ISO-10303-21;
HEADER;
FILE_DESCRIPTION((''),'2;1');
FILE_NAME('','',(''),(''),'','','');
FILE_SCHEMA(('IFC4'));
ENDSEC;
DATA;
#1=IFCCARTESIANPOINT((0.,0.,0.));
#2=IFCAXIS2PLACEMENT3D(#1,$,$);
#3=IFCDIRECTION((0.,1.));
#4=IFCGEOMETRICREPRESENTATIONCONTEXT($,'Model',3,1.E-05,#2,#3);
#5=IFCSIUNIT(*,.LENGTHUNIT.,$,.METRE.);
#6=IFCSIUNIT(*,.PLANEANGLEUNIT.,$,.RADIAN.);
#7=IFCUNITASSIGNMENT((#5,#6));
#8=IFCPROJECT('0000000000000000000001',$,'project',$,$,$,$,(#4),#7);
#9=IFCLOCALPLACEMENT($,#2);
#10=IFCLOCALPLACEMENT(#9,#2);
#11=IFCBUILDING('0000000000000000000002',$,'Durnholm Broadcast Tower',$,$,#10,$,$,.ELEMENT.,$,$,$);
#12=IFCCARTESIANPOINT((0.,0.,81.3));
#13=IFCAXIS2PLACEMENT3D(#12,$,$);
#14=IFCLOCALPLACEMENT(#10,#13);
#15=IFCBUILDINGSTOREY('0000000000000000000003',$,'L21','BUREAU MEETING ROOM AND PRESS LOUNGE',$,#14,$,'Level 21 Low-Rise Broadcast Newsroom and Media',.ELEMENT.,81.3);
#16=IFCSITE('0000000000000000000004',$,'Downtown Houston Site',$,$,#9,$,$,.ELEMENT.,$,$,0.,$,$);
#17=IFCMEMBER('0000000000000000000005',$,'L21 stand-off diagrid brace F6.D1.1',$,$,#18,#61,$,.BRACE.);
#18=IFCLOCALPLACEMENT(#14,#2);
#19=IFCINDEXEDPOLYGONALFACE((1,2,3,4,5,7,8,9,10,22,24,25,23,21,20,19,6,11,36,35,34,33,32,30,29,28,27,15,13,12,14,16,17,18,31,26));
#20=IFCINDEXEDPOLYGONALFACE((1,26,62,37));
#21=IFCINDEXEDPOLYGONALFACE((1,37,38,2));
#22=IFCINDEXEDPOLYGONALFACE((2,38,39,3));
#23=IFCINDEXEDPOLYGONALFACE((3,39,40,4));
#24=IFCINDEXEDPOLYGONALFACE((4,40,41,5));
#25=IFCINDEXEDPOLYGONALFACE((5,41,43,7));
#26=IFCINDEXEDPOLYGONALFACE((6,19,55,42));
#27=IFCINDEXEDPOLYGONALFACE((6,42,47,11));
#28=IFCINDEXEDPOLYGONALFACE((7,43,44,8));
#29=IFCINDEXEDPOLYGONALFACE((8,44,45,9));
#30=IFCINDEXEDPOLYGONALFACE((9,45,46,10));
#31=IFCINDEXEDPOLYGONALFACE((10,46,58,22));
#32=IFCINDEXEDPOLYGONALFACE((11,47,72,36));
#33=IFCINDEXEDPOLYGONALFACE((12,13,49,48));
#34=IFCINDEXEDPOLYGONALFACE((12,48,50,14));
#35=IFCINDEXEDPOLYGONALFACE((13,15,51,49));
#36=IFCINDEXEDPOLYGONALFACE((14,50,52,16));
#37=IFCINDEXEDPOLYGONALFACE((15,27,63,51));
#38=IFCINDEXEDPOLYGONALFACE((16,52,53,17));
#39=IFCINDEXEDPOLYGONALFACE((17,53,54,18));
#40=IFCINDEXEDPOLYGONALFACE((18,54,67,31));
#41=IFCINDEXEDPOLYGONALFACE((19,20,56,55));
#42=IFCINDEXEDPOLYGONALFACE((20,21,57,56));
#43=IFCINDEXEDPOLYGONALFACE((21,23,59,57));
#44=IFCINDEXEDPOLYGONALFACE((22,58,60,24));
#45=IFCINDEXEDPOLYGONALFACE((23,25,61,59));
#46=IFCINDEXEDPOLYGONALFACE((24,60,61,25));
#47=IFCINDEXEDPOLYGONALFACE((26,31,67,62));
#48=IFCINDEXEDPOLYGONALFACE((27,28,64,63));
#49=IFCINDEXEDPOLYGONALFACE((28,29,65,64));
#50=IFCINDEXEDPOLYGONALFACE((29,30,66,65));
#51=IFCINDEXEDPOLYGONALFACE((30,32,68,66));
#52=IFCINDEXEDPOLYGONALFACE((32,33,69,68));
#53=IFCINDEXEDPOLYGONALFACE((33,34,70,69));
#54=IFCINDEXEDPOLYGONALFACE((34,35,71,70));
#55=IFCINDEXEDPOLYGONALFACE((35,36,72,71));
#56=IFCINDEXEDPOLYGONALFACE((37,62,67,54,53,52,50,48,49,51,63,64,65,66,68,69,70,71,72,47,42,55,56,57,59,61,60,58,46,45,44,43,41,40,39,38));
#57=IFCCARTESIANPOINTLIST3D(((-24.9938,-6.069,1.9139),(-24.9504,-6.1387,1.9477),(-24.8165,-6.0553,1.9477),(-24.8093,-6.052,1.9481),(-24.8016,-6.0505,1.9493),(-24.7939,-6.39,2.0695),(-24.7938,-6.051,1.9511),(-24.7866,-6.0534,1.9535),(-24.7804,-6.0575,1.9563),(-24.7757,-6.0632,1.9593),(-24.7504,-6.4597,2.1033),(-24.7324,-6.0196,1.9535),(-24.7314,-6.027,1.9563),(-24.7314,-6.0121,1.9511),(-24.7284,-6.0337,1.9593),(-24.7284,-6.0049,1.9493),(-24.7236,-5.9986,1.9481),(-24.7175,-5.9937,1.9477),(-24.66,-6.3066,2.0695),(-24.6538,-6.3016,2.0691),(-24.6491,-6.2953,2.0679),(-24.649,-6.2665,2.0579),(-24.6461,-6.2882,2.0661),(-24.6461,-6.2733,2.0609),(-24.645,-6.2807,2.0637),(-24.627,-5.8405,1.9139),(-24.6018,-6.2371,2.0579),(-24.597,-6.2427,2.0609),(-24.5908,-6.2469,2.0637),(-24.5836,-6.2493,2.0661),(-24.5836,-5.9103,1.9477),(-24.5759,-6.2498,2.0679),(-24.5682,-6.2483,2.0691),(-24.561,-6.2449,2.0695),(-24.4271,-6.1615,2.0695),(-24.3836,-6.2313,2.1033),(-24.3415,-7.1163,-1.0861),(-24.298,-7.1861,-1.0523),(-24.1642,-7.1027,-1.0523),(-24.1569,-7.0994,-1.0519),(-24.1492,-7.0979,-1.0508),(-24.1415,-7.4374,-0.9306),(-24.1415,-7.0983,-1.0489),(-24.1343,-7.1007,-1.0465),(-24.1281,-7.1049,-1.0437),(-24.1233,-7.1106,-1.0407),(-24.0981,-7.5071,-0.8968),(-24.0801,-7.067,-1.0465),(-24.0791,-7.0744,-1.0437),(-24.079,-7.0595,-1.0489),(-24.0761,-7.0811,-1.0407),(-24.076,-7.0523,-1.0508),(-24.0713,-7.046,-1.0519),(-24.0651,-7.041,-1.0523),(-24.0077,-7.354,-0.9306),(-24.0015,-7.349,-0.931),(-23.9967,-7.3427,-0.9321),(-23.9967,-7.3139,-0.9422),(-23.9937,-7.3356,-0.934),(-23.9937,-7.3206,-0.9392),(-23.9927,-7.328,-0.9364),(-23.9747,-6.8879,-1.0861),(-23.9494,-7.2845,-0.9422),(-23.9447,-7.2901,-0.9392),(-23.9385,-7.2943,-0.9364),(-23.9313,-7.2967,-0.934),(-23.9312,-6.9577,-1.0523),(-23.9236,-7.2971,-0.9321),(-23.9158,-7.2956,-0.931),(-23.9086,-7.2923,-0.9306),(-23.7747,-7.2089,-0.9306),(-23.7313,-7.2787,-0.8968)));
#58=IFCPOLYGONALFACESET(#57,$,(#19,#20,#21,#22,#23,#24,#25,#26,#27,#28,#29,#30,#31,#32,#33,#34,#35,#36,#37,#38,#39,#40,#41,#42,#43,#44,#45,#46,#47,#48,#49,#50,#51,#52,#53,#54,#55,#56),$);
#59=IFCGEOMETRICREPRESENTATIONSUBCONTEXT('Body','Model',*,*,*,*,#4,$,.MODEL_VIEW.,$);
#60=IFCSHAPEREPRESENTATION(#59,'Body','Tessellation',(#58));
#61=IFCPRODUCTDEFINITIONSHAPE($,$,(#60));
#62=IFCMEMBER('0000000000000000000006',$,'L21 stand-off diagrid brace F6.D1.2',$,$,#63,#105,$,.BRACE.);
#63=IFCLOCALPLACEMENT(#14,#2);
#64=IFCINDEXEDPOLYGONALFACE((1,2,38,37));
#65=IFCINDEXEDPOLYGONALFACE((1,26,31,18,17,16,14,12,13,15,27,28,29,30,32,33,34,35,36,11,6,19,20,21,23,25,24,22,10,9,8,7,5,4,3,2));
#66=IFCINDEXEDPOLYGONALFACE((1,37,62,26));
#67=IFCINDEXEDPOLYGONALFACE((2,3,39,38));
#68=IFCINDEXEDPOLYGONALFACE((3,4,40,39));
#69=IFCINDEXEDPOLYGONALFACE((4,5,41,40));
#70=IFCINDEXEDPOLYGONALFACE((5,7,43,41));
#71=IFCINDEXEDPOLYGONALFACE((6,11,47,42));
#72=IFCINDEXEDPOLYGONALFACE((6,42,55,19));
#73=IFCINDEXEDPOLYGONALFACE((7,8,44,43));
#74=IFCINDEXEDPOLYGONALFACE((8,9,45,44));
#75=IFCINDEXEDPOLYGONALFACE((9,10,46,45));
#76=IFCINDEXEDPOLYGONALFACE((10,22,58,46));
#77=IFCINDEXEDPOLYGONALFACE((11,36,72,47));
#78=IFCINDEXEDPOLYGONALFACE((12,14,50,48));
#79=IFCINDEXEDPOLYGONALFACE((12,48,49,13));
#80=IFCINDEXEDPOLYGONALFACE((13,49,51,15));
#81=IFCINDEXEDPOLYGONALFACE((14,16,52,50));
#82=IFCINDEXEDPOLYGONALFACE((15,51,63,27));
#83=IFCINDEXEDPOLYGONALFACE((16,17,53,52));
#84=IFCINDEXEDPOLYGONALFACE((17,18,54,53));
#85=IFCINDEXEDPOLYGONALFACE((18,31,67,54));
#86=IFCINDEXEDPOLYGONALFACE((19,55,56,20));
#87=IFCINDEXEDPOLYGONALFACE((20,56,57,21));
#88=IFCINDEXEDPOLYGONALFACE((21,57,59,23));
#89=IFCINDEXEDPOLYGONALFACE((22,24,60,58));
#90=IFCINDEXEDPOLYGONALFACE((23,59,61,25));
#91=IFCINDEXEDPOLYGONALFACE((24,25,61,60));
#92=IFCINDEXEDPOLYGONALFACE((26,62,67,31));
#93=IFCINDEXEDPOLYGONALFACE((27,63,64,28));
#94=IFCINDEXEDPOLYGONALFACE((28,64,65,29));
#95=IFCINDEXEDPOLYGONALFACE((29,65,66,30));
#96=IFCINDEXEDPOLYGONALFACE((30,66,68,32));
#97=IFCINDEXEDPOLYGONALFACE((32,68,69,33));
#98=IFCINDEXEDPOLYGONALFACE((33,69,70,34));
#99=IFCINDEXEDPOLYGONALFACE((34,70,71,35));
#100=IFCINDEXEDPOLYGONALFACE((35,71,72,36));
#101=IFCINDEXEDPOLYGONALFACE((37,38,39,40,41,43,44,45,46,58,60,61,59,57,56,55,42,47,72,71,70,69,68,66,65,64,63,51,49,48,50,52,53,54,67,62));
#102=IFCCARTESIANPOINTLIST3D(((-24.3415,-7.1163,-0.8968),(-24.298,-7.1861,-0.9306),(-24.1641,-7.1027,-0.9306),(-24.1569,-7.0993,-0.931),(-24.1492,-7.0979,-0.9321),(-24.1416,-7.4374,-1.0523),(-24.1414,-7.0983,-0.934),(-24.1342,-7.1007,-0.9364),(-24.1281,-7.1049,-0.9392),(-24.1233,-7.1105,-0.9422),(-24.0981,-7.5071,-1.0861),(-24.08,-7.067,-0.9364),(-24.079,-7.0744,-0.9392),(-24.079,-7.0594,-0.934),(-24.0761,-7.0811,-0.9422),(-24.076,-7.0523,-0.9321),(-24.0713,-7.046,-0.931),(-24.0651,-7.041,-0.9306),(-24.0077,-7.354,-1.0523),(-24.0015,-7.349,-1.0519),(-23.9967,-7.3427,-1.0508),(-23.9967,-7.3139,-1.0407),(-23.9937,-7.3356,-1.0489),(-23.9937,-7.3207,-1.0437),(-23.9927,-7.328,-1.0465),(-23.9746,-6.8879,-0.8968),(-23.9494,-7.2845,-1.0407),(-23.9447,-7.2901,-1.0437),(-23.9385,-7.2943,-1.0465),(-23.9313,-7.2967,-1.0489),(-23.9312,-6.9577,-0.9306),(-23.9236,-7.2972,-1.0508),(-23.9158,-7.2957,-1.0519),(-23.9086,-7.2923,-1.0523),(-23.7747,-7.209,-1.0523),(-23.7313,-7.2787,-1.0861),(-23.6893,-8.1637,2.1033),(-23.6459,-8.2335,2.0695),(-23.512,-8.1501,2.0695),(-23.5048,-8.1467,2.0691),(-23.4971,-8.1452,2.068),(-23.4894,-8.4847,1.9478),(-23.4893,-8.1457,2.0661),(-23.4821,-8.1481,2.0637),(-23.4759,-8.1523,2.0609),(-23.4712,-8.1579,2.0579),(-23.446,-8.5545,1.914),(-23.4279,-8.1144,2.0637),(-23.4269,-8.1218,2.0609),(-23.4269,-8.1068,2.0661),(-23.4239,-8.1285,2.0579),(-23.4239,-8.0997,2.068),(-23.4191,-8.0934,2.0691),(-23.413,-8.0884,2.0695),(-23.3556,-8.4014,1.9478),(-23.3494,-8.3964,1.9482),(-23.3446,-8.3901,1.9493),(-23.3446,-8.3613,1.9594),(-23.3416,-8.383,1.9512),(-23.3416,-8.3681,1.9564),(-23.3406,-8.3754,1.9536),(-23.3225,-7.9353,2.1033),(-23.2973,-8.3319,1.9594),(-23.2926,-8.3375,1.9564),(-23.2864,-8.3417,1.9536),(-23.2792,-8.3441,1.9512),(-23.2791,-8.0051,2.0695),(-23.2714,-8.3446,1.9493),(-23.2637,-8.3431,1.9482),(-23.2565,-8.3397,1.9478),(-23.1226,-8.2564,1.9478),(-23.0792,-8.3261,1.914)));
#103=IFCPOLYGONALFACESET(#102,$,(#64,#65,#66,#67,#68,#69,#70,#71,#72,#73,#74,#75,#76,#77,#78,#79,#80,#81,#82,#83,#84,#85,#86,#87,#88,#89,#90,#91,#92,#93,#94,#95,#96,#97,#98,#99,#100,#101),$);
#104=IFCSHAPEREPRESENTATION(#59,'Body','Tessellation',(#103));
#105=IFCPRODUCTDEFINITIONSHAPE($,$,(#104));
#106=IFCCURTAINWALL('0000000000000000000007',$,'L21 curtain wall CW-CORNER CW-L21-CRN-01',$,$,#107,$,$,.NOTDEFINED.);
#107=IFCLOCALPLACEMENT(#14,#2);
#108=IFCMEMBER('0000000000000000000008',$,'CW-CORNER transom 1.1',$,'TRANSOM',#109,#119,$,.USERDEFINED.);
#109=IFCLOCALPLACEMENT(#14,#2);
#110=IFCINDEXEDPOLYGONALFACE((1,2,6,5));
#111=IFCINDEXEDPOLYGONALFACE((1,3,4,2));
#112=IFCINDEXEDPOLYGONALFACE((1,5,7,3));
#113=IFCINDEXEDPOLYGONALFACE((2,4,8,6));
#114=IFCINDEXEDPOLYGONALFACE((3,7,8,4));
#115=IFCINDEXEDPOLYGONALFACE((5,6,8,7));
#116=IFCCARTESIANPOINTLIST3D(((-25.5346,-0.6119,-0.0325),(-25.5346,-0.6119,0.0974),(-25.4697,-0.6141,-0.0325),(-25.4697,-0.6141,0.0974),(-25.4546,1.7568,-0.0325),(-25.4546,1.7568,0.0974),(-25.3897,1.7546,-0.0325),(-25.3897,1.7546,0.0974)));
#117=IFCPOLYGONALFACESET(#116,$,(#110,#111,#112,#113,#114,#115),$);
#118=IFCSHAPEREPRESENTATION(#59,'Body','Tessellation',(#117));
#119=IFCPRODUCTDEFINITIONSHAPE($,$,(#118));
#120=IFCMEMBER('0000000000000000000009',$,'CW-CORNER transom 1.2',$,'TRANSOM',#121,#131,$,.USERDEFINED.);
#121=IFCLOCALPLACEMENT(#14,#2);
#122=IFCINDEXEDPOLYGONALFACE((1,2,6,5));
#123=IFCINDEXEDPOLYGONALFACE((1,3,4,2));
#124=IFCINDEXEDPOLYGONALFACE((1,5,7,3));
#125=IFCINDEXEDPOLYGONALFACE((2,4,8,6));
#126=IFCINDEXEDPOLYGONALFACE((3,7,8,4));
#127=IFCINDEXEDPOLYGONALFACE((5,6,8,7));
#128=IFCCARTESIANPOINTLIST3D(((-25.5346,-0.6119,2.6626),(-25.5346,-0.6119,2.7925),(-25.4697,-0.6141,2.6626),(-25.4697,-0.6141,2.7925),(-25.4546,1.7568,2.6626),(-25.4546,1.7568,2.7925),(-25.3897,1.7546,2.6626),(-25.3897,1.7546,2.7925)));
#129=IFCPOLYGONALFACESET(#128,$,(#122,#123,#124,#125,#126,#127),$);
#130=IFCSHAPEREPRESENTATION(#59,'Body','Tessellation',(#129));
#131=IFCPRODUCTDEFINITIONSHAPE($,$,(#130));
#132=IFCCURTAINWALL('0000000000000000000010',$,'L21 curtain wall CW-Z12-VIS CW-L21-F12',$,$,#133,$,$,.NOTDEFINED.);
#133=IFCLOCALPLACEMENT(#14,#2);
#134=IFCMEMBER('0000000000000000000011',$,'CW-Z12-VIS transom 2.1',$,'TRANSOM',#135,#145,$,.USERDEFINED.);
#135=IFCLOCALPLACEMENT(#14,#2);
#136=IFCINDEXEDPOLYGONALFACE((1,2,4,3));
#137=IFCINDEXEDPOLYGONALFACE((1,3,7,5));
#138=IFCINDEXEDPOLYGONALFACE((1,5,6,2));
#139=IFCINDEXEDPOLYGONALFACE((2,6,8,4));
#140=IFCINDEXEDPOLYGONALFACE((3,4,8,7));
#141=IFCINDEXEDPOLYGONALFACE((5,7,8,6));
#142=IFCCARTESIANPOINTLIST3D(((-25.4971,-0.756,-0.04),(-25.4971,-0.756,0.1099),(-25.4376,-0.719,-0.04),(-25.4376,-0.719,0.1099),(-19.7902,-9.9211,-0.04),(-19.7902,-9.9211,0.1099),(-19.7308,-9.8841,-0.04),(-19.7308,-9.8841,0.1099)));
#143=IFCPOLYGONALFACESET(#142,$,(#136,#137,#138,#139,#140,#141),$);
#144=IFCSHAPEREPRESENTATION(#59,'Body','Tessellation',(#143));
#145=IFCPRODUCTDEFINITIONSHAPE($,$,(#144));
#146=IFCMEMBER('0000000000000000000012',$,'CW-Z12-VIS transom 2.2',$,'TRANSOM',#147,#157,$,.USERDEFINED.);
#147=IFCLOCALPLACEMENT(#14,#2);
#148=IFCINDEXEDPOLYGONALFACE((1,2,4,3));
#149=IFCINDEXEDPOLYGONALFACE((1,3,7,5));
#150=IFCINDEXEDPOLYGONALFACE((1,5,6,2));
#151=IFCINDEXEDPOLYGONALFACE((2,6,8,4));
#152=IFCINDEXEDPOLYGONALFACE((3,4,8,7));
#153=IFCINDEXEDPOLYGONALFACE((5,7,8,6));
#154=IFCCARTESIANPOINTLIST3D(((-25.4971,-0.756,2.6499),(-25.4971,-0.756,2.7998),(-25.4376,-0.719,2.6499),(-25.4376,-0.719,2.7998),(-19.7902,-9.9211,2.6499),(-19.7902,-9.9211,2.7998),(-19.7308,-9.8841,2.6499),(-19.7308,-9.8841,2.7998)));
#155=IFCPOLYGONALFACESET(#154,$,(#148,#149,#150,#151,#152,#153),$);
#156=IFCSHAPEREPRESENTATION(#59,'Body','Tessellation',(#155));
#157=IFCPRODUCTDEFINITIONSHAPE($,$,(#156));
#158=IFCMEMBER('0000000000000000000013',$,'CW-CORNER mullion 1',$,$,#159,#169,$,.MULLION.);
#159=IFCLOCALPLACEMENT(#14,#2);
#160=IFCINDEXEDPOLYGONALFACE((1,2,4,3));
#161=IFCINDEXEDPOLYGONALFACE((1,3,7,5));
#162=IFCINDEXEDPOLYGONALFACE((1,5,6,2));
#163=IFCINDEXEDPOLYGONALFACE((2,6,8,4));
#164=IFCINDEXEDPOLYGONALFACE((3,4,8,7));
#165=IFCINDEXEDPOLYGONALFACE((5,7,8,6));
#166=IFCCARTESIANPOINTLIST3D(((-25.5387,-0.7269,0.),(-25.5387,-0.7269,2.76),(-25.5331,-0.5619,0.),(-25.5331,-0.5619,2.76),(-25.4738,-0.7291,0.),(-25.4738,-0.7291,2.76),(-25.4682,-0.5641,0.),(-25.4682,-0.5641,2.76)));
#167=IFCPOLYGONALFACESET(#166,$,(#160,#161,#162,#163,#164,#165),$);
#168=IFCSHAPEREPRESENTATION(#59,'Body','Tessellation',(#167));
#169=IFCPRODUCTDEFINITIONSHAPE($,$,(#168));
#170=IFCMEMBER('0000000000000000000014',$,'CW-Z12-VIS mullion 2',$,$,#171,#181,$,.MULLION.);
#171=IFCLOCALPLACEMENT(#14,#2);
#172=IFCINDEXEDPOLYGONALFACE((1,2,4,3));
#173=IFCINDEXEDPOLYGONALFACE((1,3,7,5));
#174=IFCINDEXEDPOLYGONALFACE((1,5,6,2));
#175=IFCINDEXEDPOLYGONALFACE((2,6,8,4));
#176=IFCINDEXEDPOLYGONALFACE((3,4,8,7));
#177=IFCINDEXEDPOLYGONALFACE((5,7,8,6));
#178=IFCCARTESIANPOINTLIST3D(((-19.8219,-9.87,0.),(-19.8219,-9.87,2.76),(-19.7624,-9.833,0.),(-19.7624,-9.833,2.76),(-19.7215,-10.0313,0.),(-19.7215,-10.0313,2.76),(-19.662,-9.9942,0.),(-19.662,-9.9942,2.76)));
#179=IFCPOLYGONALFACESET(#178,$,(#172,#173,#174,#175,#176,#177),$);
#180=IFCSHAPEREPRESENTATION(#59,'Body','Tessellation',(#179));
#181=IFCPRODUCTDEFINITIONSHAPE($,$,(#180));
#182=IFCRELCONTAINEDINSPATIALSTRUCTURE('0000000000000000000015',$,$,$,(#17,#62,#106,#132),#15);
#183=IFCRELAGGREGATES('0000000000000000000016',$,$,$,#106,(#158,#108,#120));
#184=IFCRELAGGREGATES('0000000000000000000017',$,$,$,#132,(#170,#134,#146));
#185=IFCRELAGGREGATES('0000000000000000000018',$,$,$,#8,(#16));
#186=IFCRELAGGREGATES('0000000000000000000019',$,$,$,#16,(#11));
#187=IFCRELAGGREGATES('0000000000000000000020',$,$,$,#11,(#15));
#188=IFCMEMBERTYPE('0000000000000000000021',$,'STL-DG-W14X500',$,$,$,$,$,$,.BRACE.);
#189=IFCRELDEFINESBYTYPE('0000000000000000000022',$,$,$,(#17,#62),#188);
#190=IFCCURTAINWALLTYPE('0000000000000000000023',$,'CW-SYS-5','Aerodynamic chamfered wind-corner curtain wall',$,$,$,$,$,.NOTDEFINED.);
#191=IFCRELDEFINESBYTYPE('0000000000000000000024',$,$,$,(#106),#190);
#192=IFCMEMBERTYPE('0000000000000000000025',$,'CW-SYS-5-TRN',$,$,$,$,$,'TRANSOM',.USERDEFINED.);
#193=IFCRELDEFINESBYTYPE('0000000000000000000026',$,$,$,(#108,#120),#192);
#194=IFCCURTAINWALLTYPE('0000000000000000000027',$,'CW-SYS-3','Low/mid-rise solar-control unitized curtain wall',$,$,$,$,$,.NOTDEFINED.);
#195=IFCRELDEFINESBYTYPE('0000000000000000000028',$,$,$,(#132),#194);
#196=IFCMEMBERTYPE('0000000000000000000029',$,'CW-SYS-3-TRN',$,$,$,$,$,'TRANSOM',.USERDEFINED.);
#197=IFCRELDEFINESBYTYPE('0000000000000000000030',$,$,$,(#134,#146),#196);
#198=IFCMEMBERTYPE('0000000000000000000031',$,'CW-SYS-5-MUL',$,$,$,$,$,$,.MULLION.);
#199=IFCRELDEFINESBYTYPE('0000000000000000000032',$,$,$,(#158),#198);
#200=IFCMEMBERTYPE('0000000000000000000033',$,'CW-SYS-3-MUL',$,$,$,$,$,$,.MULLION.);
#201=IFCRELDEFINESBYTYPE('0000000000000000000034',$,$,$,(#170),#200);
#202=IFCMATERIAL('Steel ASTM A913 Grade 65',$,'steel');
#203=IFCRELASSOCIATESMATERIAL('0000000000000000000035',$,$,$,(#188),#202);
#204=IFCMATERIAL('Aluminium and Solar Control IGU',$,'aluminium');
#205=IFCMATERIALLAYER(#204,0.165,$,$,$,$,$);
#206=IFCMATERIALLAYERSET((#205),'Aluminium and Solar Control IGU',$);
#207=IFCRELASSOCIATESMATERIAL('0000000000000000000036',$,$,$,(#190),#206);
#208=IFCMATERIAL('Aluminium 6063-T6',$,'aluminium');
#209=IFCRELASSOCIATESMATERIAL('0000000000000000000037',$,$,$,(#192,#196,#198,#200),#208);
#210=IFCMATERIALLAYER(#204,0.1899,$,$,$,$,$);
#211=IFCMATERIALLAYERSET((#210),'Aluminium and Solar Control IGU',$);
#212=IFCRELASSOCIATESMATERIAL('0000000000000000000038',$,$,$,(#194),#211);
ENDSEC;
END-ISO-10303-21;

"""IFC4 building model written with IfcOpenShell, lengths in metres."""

from ifc_helpers import new_model, si_unit, direction, frame, origin, origin_2d, place, context, subcontext, project, spatial, rectangle, i_section, extrude, source, transform, mapped, material, layer, layer_set, material_profile, profile_set, type_object, type_shapes, element, aggregate, save


model = new_model("IFC4")

# Units and contexts
model_context = context("Model", 3, precision=1e-05, world=origin(), true_north=direction((0.0, 1.0)))
body_context = subcontext(model_context, "Body", "Model", "MODEL_VIEW")
ifc_project = project(units=[si_unit("LENGTHUNIT", "METRE"), si_unit("PLANEANGLEUNIT", "RADIAN")], contexts=[model_context])

# Site, building, storey
site_placement = place(None, origin())
site = spatial("IfcSite", under=ifc_project, at=site_placement, Name="Downtown Houston Site", CompositionType="ELEMENT", RefElevation=0.0)
building_placement = place(site_placement, origin())
building = spatial("IfcBuilding", under=site, at=building_placement, Name="Durnholm Broadcast Tower", CompositionType="ELEMENT")
storey_placement = place(building_placement, frame((0.0, 0.0, 81.3)))
storey = spatial("IfcBuildingStorey", under=building, at=storey_placement, Name="L21", Description="BUREAU MEETING ROOM AND PRESS LOUNGE", LongName="Level 21 Low-Rise Broadcast Newsroom and Media", CompositionType="ELEMENT", Elevation=81.3)

# Members
ifc_material_1 = material(Name="Steel ASTM A913 Grade 65", Category="steel")
ifc_material_profile_1 = material_profile(ifc_material_1, i_section(OverallWidth=0.4321, OverallDepth=0.4978, WebThickness=0.0557, FlangeThickness=0.0889, FilletRadius=0.0305, at=origin_2d()), Name="W14X500")
ifc_profile_set_1 = profile_set([ifc_material_profile_1], Name="Steel ASTM A913 Grade 65")
member_type_1 = type_object("IfcMemberType", Name="STL-DG-W14X500", PredefinedType="BRACE", material=ifc_profile_set_1)
shared_shape_1 = source(origin(), body_context, "Body", "SweptSolid", [
    extrude(i_section(OverallWidth=0.4321, OverallDepth=0.4978, WebThickness=0.0557, FlangeThickness=0.0889, FilletRadius=0.0305, at=origin_2d()), origin(), (0.0, 0.0, 1.0), 3.2439),
])
type_shapes(member_type_1, [shared_shape_1])
for number, where, z_axis, x_axis, name in (
    (1, (-24.0364, -7.1975, -0.9915), (-0.201102, 0.322877, 0.924829), (-0.84882, -0.528682, 0.0), "L21 stand-off diagrid brace F6.D1.1"),
    (2, (-24.0364, -7.1975, -0.9915), (0.20103, -0.322882, 0.924843), (0.848909, 0.52854, 0.0), "L21 stand-off diagrid brace F6.D1.2"),
):
    element("IfcMember", number, at=place(storey_placement, frame(where, z_axis=z_axis, x_axis=x_axis)), inside=storey, type_object=member_type_1, Name=name, PredefinedType="BRACE", context=body_context, shape_type="MappedRepresentation", body=[
        mapped(shared_shape_1, transform((0.0, 0.0, 0.0), x_axis=(1.0, 0.0, 0.0), y_axis=(0.0, 1.0, 0.0), z_axis=(0.0, 0.0, 1.0), scale=1.0)),
    ])

# Curtain walls, members
ifc_material_2 = material(Name="Aluminium and Solar Control IGU", Category="aluminium")
ifc_layer_1 = layer(ifc_material_2, 0.165)
ifc_layer_set_1 = layer_set([ifc_layer_1], Name="Aluminium and Solar Control IGU")
curtain_wall_type_1 = type_object("IfcCurtainWallType", Name="CW-SYS-5", Description="Aerodynamic chamfered wind-corner curtain wall", PredefinedType="NOTDEFINED", material=ifc_layer_set_1)
curtain_wall_1_placement = place(storey_placement, origin())
curtain_wall_1 = element("IfcCurtainWall", 3, at=curtain_wall_1_placement, inside=storey, type_object=curtain_wall_type_1, Name="L21 curtain wall CW-CORNER CW-L21-CRN-01", PredefinedType="NOTDEFINED")
ifc_material_3 = material(Name="Aluminium 6063-T6", Category="aluminium")
ifc_material_profile_2 = material_profile(ifc_material_3, rectangle(XDim=0.0649, YDim=0.1299, at=origin_2d()), Name="CWT65X130")
ifc_profile_set_2 = profile_set([ifc_material_profile_2], Name="Aluminium 6063-T6")
member_type_2 = type_object("IfcMemberType", Name="CW-SYS-5-TRN", ElementType="TRANSOM", PredefinedType="USERDEFINED", material=ifc_profile_set_2)
shared_shape_2 = source(origin(), body_context, "Body", "SweptSolid", [
    extrude(rectangle(XDim=0.0649, YDim=0.1299, at=origin_2d()), origin(), (0.0, 0.0, 1.0), 2.3701),
])
type_shapes(member_type_2, [shared_shape_2])
member_1_placement = place(storey_placement, frame((-25.5022, -0.613, 0.0325), z_axis=(0.033788, 0.999429, 0.0), x_axis=(-0.999429, 0.033788, 0.0)))
member_1 = element("IfcMember", 4, at=member_1_placement, type_object=member_type_2, Name="CW-CORNER transom 1.1", ObjectType="TRANSOM", PredefinedType="USERDEFINED", context=body_context, shape_type="MappedRepresentation", body=[
    mapped(shared_shape_2, transform((0.0, 0.0, 0.0), x_axis=(1.0, 0.0, 0.0), y_axis=(0.0, 1.0, 0.0), z_axis=(0.0, 0.0, 1.0), scale=1.0)),
])
member_2_placement = place(storey_placement, frame((-25.5022, -0.613, 2.7275), z_axis=(0.033788, 0.999429, 0.0), x_axis=(-0.999429, 0.033788, 0.0)))
member_2 = element("IfcMember", 5, at=member_2_placement, type_object=member_type_2, Name="CW-CORNER transom 1.2", ObjectType="TRANSOM", PredefinedType="USERDEFINED", context=body_context, shape_type="MappedRepresentation", body=[
    mapped(shared_shape_2, transform((0.0, 0.0, 0.0), x_axis=(1.0, 0.0, 0.0), y_axis=(0.0, 1.0, 0.0), z_axis=(0.0, 0.0, 1.0), scale=1.0)),
])
ifc_layer_2 = layer(ifc_material_2, 0.1899)
ifc_layer_set_2 = layer_set([ifc_layer_2], Name="Aluminium and Solar Control IGU")
curtain_wall_type_2 = type_object("IfcCurtainWallType", Name="CW-SYS-3", Description="Low/mid-rise solar-control unitized curtain wall", PredefinedType="NOTDEFINED", material=ifc_layer_set_2)
curtain_wall_2_placement = place(storey_placement, origin())
curtain_wall_2 = element("IfcCurtainWall", 6, at=curtain_wall_2_placement, inside=storey, type_object=curtain_wall_type_2, Name="L21 curtain wall CW-Z12-VIS CW-L21-F12", PredefinedType="NOTDEFINED")
ifc_material_profile_3 = material_profile(ifc_material_3, rectangle(XDim=0.0701, YDim=0.1499, at=origin_2d()), Name="CWT70X150")
ifc_profile_set_3 = profile_set([ifc_material_profile_3], Name="Aluminium 6063-T6")
member_type_3 = type_object("IfcMemberType", Name="CW-SYS-3-TRN", ElementType="TRANSOM", PredefinedType="USERDEFINED", material=ifc_profile_set_3)
shared_shape_3 = source(origin(), body_context, "Body", "SweptSolid", [
    extrude(rectangle(XDim=0.0701, YDim=0.1499, at=origin_2d()), origin(), (0.0, 0.0, 1.0), 10.7966),
])
type_shapes(member_type_3, [shared_shape_3])
member_3_placement = place(storey_placement, frame((-19.7605, -9.9026, 0.0349), z_axis=(-0.528575, 0.848886, 0.0), x_axis=(-0.848886, -0.528575, 0.0)))
member_3 = element("IfcMember", 7, at=member_3_placement, type_object=member_type_3, Name="CW-Z12-VIS transom 2.1", ObjectType="TRANSOM", PredefinedType="USERDEFINED", context=body_context, shape_type="MappedRepresentation", body=[
    mapped(shared_shape_3, transform((0.0, 0.0, 0.0), x_axis=(1.0, 0.0, 0.0), y_axis=(0.0, 1.0, 0.0), z_axis=(0.0, 0.0, 1.0), scale=1.0)),
])
member_4_placement = place(storey_placement, frame((-19.7605, -9.9026, 2.7249), z_axis=(-0.528575, 0.848886, 0.0), x_axis=(-0.848886, -0.528575, 0.0)))
member_4 = element("IfcMember", 8, at=member_4_placement, type_object=member_type_3, Name="CW-Z12-VIS transom 2.2", ObjectType="TRANSOM", PredefinedType="USERDEFINED", context=body_context, shape_type="MappedRepresentation", body=[
    mapped(shared_shape_3, transform((0.0, 0.0, 0.0), x_axis=(1.0, 0.0, 0.0), y_axis=(0.0, 1.0, 0.0), z_axis=(0.0, 0.0, 1.0), scale=1.0)),
])

# Members
ifc_material_profile_4 = material_profile(ifc_material_3, rectangle(XDim=0.0649, YDim=0.165, at=origin_2d()), Name="CWM65X165")
ifc_profile_set_4 = profile_set([ifc_material_profile_4], Name="Aluminium 6063-T6")
member_type_4 = type_object("IfcMemberType", Name="CW-SYS-5-MUL", PredefinedType="MULLION", material=ifc_profile_set_4)
shared_shape_4 = source(origin(), body_context, "Body", "SweptSolid", [
    extrude(rectangle(XDim=0.0649, YDim=0.165, at=origin_2d()), origin(), (0.0, 0.0, 1.0), 2.76),
])
type_shapes(member_type_4, [shared_shape_4])
member_5_placement = place(storey_placement, frame((-25.5034, -0.6455, 0.0), z_axis=(0.0, 0.0, 1.0), x_axis=(-0.999427, 0.03384, 0.0)))
member_5 = element("IfcMember", 9, at=member_5_placement, type_object=member_type_4, Name="CW-CORNER mullion 1", PredefinedType="MULLION", context=body_context, shape_type="MappedRepresentation", body=[
    mapped(shared_shape_4, transform((0.0, 0.0, 0.0), x_axis=(1.0, 0.0, 0.0), y_axis=(0.0, 1.0, 0.0), z_axis=(0.0, 0.0, 1.0), scale=1.0)),
])
aggregate(curtain_wall_1, [member_5, member_1, member_2])
ifc_material_profile_5 = material_profile(ifc_material_3, rectangle(XDim=0.0701, YDim=0.1899, at=origin_2d()), Name="CWM70X190")
ifc_profile_set_5 = profile_set([ifc_material_profile_5], Name="Aluminium 6063-T6")
member_type_5 = type_object("IfcMemberType", Name="CW-SYS-3-MUL", PredefinedType="MULLION", material=ifc_profile_set_5)
shared_shape_5 = source(origin(), body_context, "Body", "SweptSolid", [
    extrude(rectangle(XDim=0.0701, YDim=0.1899, at=origin_2d()), origin(), (0.0, 0.0, 1.0), 2.76),
])
type_shapes(member_type_5, [shared_shape_5])
member_6_placement = place(storey_placement, frame((-19.7419, -9.9321, 0.0), z_axis=(0.0, 0.0, 1.0), x_axis=(-0.848876, -0.528592, 0.0)))
member_6 = element("IfcMember", 10, at=member_6_placement, type_object=member_type_5, Name="CW-Z12-VIS mullion 2", PredefinedType="MULLION", context=body_context, shape_type="MappedRepresentation", body=[
    mapped(shared_shape_5, transform((0.0, 0.0, 0.0), x_axis=(1.0, 0.0, 0.0), y_axis=(0.0, 1.0, 0.0), z_axis=(0.0, 0.0, 1.0), scale=1.0)),
])

aggregate(curtain_wall_2, [member_6, member_3, member_4])

save(model, "model.ifc")
